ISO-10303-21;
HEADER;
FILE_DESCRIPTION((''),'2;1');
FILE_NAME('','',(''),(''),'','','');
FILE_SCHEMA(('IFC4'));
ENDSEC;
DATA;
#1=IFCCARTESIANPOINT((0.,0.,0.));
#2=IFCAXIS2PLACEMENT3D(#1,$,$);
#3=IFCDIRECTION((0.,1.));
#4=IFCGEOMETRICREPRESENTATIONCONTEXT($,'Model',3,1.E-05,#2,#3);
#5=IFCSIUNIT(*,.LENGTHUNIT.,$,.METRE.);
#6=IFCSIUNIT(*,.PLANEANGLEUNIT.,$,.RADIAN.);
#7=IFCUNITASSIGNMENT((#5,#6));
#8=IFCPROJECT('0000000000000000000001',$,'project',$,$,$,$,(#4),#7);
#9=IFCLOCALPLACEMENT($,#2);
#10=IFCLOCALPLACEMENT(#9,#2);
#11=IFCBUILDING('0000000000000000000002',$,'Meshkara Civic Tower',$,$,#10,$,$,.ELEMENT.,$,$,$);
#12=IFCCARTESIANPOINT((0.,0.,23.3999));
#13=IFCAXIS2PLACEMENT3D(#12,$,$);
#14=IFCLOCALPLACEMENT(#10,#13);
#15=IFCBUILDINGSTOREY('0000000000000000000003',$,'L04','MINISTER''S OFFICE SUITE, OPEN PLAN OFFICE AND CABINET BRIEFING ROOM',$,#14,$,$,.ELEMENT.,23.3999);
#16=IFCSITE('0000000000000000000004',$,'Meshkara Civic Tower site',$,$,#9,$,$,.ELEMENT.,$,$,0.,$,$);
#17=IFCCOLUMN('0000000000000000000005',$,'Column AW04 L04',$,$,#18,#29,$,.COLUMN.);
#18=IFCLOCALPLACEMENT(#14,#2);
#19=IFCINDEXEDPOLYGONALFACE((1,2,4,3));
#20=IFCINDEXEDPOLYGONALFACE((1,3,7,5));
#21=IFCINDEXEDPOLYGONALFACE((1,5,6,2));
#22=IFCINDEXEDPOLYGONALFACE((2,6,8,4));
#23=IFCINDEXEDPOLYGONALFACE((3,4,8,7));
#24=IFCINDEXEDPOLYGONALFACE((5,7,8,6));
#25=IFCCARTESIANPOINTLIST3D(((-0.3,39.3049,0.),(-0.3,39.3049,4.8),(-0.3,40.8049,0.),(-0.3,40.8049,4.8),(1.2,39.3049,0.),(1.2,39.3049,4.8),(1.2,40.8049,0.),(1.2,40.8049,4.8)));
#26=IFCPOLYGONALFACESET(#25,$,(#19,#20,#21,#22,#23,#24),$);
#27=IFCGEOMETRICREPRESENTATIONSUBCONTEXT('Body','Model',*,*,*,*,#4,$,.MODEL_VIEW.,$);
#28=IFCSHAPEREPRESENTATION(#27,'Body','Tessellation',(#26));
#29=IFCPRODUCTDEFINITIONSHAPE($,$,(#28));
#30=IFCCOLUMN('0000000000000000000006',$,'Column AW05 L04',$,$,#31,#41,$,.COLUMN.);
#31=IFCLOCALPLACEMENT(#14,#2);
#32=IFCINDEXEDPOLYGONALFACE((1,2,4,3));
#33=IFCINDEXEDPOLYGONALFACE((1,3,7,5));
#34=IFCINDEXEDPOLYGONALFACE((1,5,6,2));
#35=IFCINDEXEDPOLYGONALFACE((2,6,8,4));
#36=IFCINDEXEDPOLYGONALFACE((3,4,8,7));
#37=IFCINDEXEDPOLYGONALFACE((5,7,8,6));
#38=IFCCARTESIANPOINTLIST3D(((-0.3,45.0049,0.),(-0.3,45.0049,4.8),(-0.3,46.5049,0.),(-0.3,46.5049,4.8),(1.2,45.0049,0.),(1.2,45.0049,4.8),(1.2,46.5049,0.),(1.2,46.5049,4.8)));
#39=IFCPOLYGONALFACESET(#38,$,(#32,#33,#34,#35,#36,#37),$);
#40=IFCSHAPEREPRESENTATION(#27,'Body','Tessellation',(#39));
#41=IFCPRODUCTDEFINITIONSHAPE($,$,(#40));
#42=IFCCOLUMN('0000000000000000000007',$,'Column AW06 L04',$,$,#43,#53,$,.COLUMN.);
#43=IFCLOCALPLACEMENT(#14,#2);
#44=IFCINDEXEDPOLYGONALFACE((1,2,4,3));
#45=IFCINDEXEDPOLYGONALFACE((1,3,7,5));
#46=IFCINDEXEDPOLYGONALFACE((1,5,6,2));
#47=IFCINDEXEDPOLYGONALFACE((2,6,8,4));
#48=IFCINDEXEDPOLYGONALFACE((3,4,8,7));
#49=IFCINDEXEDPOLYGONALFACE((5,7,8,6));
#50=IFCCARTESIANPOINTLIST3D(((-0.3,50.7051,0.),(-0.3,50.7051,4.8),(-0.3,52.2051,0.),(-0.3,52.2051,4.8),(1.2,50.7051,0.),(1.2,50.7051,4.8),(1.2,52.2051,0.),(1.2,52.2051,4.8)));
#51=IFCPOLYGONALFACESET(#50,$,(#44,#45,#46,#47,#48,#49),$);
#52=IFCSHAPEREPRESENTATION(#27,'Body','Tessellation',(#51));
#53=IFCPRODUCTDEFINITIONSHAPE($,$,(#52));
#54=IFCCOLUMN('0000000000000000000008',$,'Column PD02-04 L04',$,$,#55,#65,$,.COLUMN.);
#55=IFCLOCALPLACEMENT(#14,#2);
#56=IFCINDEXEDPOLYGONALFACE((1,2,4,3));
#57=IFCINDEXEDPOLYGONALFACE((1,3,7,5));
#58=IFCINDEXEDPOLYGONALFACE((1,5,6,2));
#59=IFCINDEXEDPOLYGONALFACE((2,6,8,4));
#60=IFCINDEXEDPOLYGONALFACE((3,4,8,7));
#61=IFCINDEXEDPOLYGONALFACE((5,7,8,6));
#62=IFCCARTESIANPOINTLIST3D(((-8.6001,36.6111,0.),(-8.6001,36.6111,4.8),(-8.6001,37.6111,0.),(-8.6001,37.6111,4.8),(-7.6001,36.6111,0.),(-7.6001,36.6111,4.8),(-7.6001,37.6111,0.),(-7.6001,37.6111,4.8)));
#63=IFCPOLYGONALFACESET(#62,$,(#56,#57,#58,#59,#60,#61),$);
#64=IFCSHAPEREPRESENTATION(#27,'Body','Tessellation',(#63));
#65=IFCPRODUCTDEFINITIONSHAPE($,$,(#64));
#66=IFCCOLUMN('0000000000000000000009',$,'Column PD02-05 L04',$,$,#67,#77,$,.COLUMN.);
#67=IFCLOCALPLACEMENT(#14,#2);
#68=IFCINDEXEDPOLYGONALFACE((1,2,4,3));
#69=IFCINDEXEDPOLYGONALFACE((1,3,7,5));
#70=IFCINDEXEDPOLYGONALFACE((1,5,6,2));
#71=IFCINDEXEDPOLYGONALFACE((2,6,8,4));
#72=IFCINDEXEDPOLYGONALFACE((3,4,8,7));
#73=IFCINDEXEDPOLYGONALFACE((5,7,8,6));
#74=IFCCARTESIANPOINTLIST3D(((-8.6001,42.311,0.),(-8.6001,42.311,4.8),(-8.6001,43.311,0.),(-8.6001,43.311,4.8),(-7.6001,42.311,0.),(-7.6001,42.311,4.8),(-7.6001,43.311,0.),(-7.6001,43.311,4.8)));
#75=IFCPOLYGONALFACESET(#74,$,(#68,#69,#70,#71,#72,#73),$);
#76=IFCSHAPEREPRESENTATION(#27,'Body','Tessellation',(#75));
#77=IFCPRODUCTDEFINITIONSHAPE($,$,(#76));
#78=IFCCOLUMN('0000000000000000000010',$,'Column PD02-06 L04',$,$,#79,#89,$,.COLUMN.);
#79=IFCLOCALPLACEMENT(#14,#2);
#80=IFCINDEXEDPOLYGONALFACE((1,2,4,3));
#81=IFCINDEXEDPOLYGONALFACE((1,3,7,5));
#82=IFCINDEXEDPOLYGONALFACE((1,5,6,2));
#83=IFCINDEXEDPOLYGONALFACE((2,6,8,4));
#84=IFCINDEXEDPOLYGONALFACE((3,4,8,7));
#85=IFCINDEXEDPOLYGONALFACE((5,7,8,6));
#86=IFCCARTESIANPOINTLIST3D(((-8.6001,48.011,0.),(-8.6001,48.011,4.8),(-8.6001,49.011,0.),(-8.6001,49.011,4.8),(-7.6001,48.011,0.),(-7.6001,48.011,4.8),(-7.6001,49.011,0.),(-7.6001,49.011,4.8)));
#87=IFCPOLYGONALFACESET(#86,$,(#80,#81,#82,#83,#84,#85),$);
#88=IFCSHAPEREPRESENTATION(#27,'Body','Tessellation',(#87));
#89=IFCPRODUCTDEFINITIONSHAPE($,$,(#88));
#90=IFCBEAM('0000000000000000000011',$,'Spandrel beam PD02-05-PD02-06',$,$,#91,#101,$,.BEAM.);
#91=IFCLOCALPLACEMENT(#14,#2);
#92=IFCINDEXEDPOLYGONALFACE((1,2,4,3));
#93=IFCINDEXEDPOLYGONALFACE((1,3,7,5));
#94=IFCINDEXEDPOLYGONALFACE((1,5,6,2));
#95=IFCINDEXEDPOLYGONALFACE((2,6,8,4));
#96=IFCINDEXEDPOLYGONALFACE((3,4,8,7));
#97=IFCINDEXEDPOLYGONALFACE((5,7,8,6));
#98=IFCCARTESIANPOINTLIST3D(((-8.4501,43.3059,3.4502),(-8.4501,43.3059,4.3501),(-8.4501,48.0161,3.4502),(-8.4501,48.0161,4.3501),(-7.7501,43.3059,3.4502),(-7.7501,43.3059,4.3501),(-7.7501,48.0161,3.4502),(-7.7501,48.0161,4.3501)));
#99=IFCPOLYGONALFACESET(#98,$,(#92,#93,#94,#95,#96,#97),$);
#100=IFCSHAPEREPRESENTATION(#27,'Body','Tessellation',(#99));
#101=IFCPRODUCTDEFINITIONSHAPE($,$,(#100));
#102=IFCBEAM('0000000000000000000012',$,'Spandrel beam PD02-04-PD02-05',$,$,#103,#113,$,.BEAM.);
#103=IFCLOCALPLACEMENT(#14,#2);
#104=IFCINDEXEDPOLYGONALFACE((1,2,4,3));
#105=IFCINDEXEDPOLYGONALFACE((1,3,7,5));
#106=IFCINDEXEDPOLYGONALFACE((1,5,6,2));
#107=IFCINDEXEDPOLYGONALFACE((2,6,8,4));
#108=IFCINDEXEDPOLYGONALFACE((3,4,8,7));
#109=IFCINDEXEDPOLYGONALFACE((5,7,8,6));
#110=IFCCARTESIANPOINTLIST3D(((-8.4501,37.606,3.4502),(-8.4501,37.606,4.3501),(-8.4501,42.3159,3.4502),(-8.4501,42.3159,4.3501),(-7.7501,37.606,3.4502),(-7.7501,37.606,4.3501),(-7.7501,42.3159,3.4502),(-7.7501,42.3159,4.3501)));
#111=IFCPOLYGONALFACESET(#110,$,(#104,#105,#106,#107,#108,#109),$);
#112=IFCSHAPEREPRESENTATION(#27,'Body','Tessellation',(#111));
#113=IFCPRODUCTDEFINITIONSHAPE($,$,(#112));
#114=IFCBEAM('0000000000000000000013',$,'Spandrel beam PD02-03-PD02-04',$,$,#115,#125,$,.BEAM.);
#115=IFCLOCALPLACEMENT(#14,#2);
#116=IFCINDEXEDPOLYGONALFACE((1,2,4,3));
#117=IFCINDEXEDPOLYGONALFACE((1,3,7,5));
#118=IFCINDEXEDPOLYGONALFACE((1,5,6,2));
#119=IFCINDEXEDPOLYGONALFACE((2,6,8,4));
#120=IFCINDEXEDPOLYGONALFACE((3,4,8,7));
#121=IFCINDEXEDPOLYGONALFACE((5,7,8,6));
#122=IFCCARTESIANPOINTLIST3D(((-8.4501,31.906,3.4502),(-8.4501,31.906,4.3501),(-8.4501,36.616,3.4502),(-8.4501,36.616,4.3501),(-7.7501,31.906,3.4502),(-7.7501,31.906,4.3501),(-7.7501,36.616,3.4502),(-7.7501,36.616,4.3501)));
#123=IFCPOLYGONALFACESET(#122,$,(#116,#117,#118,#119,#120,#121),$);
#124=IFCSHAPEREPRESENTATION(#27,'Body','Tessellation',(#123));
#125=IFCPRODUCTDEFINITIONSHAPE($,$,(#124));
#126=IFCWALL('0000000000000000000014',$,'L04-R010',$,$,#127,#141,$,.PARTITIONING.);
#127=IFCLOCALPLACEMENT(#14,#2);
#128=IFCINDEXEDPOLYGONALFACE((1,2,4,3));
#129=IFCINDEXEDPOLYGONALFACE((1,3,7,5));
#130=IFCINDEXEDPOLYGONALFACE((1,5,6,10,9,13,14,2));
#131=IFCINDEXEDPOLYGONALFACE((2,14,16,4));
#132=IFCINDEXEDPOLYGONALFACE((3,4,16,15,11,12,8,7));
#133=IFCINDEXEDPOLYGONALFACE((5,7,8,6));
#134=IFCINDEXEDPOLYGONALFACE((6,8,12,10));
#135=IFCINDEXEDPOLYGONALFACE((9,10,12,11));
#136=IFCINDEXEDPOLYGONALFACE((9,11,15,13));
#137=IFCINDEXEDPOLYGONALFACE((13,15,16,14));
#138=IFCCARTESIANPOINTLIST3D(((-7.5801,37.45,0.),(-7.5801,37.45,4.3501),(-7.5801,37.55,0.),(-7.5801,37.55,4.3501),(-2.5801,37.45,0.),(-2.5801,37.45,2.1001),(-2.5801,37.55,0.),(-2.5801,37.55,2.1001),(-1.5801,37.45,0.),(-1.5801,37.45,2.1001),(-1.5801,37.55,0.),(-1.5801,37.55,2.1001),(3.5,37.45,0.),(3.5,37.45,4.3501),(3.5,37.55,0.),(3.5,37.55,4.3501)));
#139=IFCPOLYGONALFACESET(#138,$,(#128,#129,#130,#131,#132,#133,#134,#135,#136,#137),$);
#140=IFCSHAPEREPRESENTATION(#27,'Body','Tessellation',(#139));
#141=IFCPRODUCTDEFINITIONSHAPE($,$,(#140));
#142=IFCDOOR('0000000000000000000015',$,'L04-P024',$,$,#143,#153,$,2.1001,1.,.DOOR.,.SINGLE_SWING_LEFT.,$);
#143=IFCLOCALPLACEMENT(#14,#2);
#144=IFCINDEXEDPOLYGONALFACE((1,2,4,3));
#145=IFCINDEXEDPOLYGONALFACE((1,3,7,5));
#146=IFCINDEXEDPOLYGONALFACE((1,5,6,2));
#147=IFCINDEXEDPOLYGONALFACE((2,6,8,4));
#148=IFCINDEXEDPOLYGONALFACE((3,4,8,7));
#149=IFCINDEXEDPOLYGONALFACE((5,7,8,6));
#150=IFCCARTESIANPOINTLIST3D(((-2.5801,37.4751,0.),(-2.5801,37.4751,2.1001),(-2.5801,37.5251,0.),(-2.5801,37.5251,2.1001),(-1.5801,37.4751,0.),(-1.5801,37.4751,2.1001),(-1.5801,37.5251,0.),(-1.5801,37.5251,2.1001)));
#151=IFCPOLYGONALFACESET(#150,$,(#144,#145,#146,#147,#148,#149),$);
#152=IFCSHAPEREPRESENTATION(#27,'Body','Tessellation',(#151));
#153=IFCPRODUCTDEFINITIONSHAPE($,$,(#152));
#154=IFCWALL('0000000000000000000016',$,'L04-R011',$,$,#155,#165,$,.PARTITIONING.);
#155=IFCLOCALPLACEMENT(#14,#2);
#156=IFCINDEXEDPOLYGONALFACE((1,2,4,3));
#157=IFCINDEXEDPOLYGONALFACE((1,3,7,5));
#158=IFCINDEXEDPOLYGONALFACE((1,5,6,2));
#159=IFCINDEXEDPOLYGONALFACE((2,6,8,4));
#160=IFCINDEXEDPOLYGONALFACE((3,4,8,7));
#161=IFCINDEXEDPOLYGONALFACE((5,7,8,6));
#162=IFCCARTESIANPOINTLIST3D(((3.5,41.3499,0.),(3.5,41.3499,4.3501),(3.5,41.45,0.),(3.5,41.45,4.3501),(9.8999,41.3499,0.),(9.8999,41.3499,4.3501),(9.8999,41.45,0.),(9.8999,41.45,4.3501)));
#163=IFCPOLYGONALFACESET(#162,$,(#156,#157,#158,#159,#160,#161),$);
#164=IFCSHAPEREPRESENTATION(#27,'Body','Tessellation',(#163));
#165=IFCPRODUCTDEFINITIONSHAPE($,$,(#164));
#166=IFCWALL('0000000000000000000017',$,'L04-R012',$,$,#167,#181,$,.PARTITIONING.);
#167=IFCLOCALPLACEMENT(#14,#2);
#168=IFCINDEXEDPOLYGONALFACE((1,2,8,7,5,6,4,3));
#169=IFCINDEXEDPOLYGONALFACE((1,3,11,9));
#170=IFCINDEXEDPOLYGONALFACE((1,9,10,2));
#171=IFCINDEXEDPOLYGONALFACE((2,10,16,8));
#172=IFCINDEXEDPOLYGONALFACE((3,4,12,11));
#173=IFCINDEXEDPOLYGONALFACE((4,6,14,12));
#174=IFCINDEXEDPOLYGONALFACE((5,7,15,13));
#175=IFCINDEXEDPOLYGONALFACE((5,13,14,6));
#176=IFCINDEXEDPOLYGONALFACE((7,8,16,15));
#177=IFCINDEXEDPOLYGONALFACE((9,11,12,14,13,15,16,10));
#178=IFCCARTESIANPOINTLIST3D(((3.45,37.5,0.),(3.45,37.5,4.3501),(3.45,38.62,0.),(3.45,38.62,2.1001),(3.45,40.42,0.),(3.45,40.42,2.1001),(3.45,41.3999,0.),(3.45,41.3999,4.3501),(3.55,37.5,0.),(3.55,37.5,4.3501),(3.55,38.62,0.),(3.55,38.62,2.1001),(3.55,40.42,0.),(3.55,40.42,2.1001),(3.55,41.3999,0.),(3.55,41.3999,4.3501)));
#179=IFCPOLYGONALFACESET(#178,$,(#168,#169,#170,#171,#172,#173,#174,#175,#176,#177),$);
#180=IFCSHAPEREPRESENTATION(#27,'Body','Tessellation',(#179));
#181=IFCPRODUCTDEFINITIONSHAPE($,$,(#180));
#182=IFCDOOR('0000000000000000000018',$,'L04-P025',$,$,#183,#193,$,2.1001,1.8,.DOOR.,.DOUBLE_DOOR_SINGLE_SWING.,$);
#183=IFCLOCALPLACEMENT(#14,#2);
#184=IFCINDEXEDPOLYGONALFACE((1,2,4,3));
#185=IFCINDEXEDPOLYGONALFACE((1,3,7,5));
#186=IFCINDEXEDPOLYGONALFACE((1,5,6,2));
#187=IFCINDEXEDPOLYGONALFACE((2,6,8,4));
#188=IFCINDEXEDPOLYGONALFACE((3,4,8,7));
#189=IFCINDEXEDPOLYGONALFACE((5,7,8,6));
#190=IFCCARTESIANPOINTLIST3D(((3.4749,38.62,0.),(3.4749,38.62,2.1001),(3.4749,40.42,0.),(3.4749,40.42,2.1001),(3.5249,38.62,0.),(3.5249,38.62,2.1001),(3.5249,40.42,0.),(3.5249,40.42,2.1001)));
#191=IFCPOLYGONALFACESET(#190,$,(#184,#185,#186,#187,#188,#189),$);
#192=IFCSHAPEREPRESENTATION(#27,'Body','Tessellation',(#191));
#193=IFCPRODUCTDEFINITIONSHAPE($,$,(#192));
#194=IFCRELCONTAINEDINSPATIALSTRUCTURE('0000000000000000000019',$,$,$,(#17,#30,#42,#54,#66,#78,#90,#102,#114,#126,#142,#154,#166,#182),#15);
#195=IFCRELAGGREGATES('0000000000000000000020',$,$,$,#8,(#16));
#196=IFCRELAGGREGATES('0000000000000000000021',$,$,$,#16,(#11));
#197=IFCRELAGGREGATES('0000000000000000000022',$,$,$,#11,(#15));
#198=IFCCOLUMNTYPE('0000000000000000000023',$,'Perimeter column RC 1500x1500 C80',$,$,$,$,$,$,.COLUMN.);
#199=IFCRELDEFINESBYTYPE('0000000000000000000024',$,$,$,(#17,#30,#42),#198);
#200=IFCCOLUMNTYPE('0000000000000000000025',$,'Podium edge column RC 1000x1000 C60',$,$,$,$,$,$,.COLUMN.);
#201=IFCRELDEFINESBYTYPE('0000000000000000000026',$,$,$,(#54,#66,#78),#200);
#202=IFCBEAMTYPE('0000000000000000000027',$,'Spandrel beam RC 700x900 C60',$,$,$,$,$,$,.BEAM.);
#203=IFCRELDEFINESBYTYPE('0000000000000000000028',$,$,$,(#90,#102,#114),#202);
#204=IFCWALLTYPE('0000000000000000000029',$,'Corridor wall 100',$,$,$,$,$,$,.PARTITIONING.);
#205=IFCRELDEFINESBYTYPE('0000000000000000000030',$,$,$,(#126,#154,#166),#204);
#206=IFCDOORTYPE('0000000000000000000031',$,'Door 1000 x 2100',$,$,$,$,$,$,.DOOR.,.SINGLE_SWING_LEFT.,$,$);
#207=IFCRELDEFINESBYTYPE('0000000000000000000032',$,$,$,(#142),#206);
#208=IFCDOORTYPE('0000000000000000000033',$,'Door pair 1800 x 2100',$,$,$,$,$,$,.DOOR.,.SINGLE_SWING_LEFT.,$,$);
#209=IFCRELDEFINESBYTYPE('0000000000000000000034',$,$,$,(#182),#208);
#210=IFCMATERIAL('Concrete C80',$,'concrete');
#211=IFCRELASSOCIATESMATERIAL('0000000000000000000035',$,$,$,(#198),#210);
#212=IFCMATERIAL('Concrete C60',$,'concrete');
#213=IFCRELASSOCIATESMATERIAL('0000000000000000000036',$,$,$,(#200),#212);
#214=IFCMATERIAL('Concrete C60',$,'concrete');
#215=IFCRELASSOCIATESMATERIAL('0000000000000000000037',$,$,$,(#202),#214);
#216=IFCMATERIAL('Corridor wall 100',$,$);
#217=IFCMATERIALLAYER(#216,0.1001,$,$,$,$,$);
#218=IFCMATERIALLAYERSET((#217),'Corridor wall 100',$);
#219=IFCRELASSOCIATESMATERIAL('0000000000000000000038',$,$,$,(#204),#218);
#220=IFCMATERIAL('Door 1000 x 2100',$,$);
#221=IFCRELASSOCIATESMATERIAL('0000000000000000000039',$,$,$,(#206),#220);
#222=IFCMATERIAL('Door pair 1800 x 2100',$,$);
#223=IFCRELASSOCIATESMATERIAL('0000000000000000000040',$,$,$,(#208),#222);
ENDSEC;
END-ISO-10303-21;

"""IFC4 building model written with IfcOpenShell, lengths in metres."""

from ifc_helpers import new_model, si_unit, direction, frame, frame_2d, origin, origin_2d, place, context, subcontext, project, spatial, rectangle, extrude, material, layer, layer_set, material_profile, profile_set, type_object, element, fill, save


model = new_model("IFC4")

# Units and contexts
model_context = context("Model", 3, precision=1e-05, world=origin(), true_north=direction((0.0, 1.0)))
body_context = subcontext(model_context, "Body", "Model", "MODEL_VIEW")
ifc_project = project(units=[si_unit("LENGTHUNIT", "METRE"), si_unit("PLANEANGLEUNIT", "RADIAN")], contexts=[model_context])

# Site, building, storey
site_placement = place(None, origin())
site = spatial("IfcSite", under=ifc_project, at=site_placement, Name="Meshkara Civic Tower site", CompositionType="ELEMENT", RefElevation=0.0)
building_placement = place(site_placement, origin())
building = spatial("IfcBuilding", under=site, at=building_placement, Name="Meshkara Civic Tower", CompositionType="ELEMENT")
storey_placement = place(building_placement, frame((0.0, 0.0, 23.3999)))
storey = spatial("IfcBuildingStorey", under=building, at=storey_placement, Name="L04", Description="MINISTER'S OFFICE SUITE, OPEN PLAN OFFICE AND CABINET BRIEFING ROOM", CompositionType="ELEMENT", Elevation=23.3999)

# Columns
ifc_material_1 = material(Name="Concrete C80", Category="concrete")
ifc_material_profile_1 = material_profile(ifc_material_1, rectangle(XDim=1.5, YDim=1.5, at=origin_2d()))
ifc_profile_set_1 = profile_set([ifc_material_profile_1], Name="Concrete C80")
column_type_1 = type_object("IfcColumnType", Name="Perimeter column RC 1500x1500 C80", PredefinedType="COLUMN", material=ifc_profile_set_1)
for number, where, z_axis, x_axis, name in (
    (1, (0.45, 40.0549, 0.0), (0.0, 0.0, 1.0), (1.0, 0.0, 0.0), "Column AW04 L04"),
    (2, (0.45, 45.7549, 0.0), (0.0, 0.0, 1.0), (1.0, 0.0, 0.0), "Column AW05 L04"),
    (3, (0.45, 51.4551, 0.0), (0.0, 0.0, 1.0), (1.0, 0.0, 0.0), "Column AW06 L04"),
):
    element("IfcColumn", number, at=place(storey_placement, frame(where, z_axis=z_axis, x_axis=x_axis)), inside=storey, type_object=column_type_1, Name=name, PredefinedType="COLUMN", context=body_context, shape_type="SweptSolid", body=[
        extrude(rectangle(XDim=1.5, YDim=1.5, at=origin_2d()), origin(), (0.0, 0.0, 1.0), 4.8),
    ])
ifc_material_2 = material(Name="Concrete C60", Category="concrete")
ifc_material_profile_2 = material_profile(ifc_material_2, rectangle(XDim=1.0, YDim=1.0, at=origin_2d()))
ifc_profile_set_2 = profile_set([ifc_material_profile_2], Name="Concrete C60")
column_type_2 = type_object("IfcColumnType", Name="Podium edge column RC 1000x1000 C60", PredefinedType="COLUMN", material=ifc_profile_set_2)
for number, where, z_axis, x_axis, name in (
    (4, (-8.1001, 37.1111, 0.0), (0.0, 0.0, 1.0), (1.0, 0.0, 0.0), "Column PD02-04 L04"),
    (5, (-8.1001, 42.811, 0.0), (0.0, 0.0, 1.0), (1.0, 0.0, 0.0), "Column PD02-05 L04"),
    (6, (-8.1001, 48.511, 0.0), (0.0, 0.0, 1.0), (1.0, 0.0, 0.0), "Column PD02-06 L04"),
):
    element("IfcColumn", number, at=place(storey_placement, frame(where, z_axis=z_axis, x_axis=x_axis)), inside=storey, type_object=column_type_2, Name=name, PredefinedType="COLUMN", context=body_context, shape_type="SweptSolid", body=[
        extrude(rectangle(XDim=1.0, YDim=1.0, at=origin_2d()), origin(), (0.0, 0.0, 1.0), 4.8),
    ])

# Beams
ifc_material_3 = material(Name="Concrete C60", Category="concrete")
ifc_material_profile_3 = material_profile(ifc_material_3, rectangle(XDim=0.7, YDim=0.8999, at=origin_2d()))
ifc_profile_set_3 = profile_set([ifc_material_profile_3], Name="Concrete C60")
beam_type = type_object("IfcBeamType", Name="Spandrel beam RC 700x900 C60", PredefinedType="BEAM", material=ifc_profile_set_3)
beam_placement = place(storey_placement, frame((-8.1001, 48.0161, 3.9001), z_axis=(0.0, -1.0, 0.0), x_axis=(1.0, 0.0, 0.0)))
element("IfcBeam", 7, at=beam_placement, inside=storey, type_object=beam_type, Name="Spandrel beam PD02-05-PD02-06", PredefinedType="BEAM", context=body_context, shape_type="SweptSolid", body=[
    extrude(rectangle(XDim=0.7, YDim=0.8999, at=origin_2d()), origin(), (0.0, 0.0, 1.0), 4.7102),
])
for number, where, z_axis, x_axis, name in (
    (8, (-8.1001, 42.3159, 3.9001), (0.0, -1.0, 0.0), (1.0, 0.0, 0.0), "Spandrel beam PD02-04-PD02-05"),
    (9, (-8.1001, 36.616, 3.9001), (0.0, -1.0, 0.0), (1.0, 0.0, 0.0), "Spandrel beam PD02-03-PD02-04"),
):
    element("IfcBeam", number, at=place(storey_placement, frame(where, z_axis=z_axis, x_axis=x_axis)), inside=storey, type_object=beam_type, Name=name, PredefinedType="BEAM", context=body_context, shape_type="SweptSolid", body=[
        extrude(rectangle(XDim=0.7, YDim=0.8999, at=origin_2d()), origin(), (0.0, 0.0, 1.0), 4.71),
    ])

# Wall, opening, door
ifc_material_4 = material(Name="Corridor wall 100")
ifc_layer_1 = layer(ifc_material_4, 0.1001)
ifc_layer_set_1 = layer_set([ifc_layer_1], Name="Corridor wall 100")
wall_type_1 = type_object("IfcWallType", Name="Corridor wall 100", PredefinedType="PARTITIONING", material=ifc_layer_set_1)
wall_1_placement = place(storey_placement, frame((3.5, 37.5, 0.0), z_axis=(0.0, 0.0, 1.0), x_axis=(-1.0, 0.0, 0.0)))
wall_1 = element("IfcWall", 10, at=wall_1_placement, inside=storey, type_object=wall_type_1, Name="L04-R010", PredefinedType="PARTITIONING", context=body_context, shape_type="SweptSolid", body=[
    extrude(rectangle(XDim=11.0801, YDim=0.1001, at=frame_2d((5.54, 0.0))), origin(), (0.0, 0.0, 1.0), 4.3501),
])
opening_1_placement = place(wall_1_placement, frame((5.0801, 0.0, 0.0)))
opening_1 = element("IfcOpeningElement", 11, at=opening_1_placement, cuts=wall_1, PredefinedType="OPENING", context=body_context, shape_type="SweptSolid", body=[
    extrude(rectangle(XDim=1.0, YDim=2.1001, at=frame_2d((0.5, 1.05))), frame((0.0, 0.0601, 0.0), z_axis=(0.0, -1.0, 0.0), x_axis=(1.0, 0.0, 0.0)), (0.0, 0.0, 1.0), 0.1201),
])
ifc_material_5 = material(Name="Door 1000 x 2100")
door_type_1 = type_object("IfcDoorType", Name="Door 1000 x 2100", OperationType="SINGLE_SWING_LEFT", PredefinedType="DOOR", material=ifc_material_5)
door_1_placement = place(opening_1_placement, origin())
door_1 = element("IfcDoor", 12, at=door_1_placement, inside=storey, type_object=door_type_1, Name="L04-P024", OperationType="SINGLE_SWING_LEFT", OverallHeight=2.1001, OverallWidth=1.0, PredefinedType="DOOR", context=body_context, shape_type="SweptSolid", body=[
    extrude(rectangle(XDim=1.0, YDim=2.1001, at=frame_2d((0.5, 1.05))), frame((0.0, 0.0249, 0.0), z_axis=(0.0, -1.0, 0.0), x_axis=(1.0, 0.0, 0.0)), (0.0, 0.0, 1.0), 0.05),
])
fill(opening_1, door_1)

# Wall
wall_2_placement = place(storey_placement, frame((3.5, 41.3999, 0.0), z_axis=(0.0, 0.0, 1.0), x_axis=(1.0, 0.0, 0.0)))
element("IfcWall", 13, at=wall_2_placement, inside=storey, type_object=wall_type_1, Name="L04-R011", PredefinedType="PARTITIONING", context=body_context, shape_type="SweptSolid", body=[
    extrude(rectangle(XDim=6.3999, YDim=0.1001, at=frame_2d((3.2, 0.0))), origin(), (0.0, 0.0, 1.0), 4.3501),
])

# Wall, opening, door
wall_3_placement = place(storey_placement, frame((3.5, 41.3999, 0.0), z_axis=(0.0, 0.0, 1.0), x_axis=(0.0, -1.0, 0.0)))
wall_3 = element("IfcWall", 14, at=wall_3_placement, inside=storey, type_object=wall_type_1, Name="L04-R012", PredefinedType="PARTITIONING", context=body_context, shape_type="SweptSolid", body=[
    extrude(rectangle(XDim=3.8999, YDim=0.1001, at=frame_2d((1.95, 0.0))), origin(), (0.0, 0.0, 1.0), 4.3501),
])
opening_2_placement = place(wall_3_placement, frame((0.98, 0.0, 0.0)))
opening_2 = element("IfcOpeningElement", 15, at=opening_2_placement, cuts=wall_3, PredefinedType="OPENING", context=body_context, shape_type="SweptSolid", body=[
    extrude(rectangle(XDim=1.8, YDim=2.1001, at=frame_2d((0.8999, 1.05))), frame((0.0, 0.0601, 0.0), z_axis=(0.0, -1.0, 0.0), x_axis=(1.0, 0.0, 0.0)), (0.0, 0.0, 1.0), 0.1201),
])
ifc_material_6 = material(Name="Door pair 1800 x 2100")
door_type_2 = type_object("IfcDoorType", Name="Door pair 1800 x 2100", OperationType="SINGLE_SWING_LEFT", PredefinedType="DOOR", material=ifc_material_6)
door_2_placement = place(opening_2_placement, origin())
door_2 = element("IfcDoor", 16, at=door_2_placement, inside=storey, type_object=door_type_2, Name="L04-P025", OperationType="DOUBLE_DOOR_SINGLE_SWING", OverallHeight=2.1001, OverallWidth=1.8, PredefinedType="DOOR", context=body_context, shape_type="SweptSolid", body=[
    extrude(rectangle(XDim=1.8, YDim=2.1001, at=frame_2d((0.8999, 1.05))), frame((0.0, 0.0249, 0.0), z_axis=(0.0, -1.0, 0.0), x_axis=(1.0, 0.0, 0.0)), (0.0, 0.0, 1.0), 0.05),
])
fill(opening_2, door_2)

save(model, "model.ifc")
